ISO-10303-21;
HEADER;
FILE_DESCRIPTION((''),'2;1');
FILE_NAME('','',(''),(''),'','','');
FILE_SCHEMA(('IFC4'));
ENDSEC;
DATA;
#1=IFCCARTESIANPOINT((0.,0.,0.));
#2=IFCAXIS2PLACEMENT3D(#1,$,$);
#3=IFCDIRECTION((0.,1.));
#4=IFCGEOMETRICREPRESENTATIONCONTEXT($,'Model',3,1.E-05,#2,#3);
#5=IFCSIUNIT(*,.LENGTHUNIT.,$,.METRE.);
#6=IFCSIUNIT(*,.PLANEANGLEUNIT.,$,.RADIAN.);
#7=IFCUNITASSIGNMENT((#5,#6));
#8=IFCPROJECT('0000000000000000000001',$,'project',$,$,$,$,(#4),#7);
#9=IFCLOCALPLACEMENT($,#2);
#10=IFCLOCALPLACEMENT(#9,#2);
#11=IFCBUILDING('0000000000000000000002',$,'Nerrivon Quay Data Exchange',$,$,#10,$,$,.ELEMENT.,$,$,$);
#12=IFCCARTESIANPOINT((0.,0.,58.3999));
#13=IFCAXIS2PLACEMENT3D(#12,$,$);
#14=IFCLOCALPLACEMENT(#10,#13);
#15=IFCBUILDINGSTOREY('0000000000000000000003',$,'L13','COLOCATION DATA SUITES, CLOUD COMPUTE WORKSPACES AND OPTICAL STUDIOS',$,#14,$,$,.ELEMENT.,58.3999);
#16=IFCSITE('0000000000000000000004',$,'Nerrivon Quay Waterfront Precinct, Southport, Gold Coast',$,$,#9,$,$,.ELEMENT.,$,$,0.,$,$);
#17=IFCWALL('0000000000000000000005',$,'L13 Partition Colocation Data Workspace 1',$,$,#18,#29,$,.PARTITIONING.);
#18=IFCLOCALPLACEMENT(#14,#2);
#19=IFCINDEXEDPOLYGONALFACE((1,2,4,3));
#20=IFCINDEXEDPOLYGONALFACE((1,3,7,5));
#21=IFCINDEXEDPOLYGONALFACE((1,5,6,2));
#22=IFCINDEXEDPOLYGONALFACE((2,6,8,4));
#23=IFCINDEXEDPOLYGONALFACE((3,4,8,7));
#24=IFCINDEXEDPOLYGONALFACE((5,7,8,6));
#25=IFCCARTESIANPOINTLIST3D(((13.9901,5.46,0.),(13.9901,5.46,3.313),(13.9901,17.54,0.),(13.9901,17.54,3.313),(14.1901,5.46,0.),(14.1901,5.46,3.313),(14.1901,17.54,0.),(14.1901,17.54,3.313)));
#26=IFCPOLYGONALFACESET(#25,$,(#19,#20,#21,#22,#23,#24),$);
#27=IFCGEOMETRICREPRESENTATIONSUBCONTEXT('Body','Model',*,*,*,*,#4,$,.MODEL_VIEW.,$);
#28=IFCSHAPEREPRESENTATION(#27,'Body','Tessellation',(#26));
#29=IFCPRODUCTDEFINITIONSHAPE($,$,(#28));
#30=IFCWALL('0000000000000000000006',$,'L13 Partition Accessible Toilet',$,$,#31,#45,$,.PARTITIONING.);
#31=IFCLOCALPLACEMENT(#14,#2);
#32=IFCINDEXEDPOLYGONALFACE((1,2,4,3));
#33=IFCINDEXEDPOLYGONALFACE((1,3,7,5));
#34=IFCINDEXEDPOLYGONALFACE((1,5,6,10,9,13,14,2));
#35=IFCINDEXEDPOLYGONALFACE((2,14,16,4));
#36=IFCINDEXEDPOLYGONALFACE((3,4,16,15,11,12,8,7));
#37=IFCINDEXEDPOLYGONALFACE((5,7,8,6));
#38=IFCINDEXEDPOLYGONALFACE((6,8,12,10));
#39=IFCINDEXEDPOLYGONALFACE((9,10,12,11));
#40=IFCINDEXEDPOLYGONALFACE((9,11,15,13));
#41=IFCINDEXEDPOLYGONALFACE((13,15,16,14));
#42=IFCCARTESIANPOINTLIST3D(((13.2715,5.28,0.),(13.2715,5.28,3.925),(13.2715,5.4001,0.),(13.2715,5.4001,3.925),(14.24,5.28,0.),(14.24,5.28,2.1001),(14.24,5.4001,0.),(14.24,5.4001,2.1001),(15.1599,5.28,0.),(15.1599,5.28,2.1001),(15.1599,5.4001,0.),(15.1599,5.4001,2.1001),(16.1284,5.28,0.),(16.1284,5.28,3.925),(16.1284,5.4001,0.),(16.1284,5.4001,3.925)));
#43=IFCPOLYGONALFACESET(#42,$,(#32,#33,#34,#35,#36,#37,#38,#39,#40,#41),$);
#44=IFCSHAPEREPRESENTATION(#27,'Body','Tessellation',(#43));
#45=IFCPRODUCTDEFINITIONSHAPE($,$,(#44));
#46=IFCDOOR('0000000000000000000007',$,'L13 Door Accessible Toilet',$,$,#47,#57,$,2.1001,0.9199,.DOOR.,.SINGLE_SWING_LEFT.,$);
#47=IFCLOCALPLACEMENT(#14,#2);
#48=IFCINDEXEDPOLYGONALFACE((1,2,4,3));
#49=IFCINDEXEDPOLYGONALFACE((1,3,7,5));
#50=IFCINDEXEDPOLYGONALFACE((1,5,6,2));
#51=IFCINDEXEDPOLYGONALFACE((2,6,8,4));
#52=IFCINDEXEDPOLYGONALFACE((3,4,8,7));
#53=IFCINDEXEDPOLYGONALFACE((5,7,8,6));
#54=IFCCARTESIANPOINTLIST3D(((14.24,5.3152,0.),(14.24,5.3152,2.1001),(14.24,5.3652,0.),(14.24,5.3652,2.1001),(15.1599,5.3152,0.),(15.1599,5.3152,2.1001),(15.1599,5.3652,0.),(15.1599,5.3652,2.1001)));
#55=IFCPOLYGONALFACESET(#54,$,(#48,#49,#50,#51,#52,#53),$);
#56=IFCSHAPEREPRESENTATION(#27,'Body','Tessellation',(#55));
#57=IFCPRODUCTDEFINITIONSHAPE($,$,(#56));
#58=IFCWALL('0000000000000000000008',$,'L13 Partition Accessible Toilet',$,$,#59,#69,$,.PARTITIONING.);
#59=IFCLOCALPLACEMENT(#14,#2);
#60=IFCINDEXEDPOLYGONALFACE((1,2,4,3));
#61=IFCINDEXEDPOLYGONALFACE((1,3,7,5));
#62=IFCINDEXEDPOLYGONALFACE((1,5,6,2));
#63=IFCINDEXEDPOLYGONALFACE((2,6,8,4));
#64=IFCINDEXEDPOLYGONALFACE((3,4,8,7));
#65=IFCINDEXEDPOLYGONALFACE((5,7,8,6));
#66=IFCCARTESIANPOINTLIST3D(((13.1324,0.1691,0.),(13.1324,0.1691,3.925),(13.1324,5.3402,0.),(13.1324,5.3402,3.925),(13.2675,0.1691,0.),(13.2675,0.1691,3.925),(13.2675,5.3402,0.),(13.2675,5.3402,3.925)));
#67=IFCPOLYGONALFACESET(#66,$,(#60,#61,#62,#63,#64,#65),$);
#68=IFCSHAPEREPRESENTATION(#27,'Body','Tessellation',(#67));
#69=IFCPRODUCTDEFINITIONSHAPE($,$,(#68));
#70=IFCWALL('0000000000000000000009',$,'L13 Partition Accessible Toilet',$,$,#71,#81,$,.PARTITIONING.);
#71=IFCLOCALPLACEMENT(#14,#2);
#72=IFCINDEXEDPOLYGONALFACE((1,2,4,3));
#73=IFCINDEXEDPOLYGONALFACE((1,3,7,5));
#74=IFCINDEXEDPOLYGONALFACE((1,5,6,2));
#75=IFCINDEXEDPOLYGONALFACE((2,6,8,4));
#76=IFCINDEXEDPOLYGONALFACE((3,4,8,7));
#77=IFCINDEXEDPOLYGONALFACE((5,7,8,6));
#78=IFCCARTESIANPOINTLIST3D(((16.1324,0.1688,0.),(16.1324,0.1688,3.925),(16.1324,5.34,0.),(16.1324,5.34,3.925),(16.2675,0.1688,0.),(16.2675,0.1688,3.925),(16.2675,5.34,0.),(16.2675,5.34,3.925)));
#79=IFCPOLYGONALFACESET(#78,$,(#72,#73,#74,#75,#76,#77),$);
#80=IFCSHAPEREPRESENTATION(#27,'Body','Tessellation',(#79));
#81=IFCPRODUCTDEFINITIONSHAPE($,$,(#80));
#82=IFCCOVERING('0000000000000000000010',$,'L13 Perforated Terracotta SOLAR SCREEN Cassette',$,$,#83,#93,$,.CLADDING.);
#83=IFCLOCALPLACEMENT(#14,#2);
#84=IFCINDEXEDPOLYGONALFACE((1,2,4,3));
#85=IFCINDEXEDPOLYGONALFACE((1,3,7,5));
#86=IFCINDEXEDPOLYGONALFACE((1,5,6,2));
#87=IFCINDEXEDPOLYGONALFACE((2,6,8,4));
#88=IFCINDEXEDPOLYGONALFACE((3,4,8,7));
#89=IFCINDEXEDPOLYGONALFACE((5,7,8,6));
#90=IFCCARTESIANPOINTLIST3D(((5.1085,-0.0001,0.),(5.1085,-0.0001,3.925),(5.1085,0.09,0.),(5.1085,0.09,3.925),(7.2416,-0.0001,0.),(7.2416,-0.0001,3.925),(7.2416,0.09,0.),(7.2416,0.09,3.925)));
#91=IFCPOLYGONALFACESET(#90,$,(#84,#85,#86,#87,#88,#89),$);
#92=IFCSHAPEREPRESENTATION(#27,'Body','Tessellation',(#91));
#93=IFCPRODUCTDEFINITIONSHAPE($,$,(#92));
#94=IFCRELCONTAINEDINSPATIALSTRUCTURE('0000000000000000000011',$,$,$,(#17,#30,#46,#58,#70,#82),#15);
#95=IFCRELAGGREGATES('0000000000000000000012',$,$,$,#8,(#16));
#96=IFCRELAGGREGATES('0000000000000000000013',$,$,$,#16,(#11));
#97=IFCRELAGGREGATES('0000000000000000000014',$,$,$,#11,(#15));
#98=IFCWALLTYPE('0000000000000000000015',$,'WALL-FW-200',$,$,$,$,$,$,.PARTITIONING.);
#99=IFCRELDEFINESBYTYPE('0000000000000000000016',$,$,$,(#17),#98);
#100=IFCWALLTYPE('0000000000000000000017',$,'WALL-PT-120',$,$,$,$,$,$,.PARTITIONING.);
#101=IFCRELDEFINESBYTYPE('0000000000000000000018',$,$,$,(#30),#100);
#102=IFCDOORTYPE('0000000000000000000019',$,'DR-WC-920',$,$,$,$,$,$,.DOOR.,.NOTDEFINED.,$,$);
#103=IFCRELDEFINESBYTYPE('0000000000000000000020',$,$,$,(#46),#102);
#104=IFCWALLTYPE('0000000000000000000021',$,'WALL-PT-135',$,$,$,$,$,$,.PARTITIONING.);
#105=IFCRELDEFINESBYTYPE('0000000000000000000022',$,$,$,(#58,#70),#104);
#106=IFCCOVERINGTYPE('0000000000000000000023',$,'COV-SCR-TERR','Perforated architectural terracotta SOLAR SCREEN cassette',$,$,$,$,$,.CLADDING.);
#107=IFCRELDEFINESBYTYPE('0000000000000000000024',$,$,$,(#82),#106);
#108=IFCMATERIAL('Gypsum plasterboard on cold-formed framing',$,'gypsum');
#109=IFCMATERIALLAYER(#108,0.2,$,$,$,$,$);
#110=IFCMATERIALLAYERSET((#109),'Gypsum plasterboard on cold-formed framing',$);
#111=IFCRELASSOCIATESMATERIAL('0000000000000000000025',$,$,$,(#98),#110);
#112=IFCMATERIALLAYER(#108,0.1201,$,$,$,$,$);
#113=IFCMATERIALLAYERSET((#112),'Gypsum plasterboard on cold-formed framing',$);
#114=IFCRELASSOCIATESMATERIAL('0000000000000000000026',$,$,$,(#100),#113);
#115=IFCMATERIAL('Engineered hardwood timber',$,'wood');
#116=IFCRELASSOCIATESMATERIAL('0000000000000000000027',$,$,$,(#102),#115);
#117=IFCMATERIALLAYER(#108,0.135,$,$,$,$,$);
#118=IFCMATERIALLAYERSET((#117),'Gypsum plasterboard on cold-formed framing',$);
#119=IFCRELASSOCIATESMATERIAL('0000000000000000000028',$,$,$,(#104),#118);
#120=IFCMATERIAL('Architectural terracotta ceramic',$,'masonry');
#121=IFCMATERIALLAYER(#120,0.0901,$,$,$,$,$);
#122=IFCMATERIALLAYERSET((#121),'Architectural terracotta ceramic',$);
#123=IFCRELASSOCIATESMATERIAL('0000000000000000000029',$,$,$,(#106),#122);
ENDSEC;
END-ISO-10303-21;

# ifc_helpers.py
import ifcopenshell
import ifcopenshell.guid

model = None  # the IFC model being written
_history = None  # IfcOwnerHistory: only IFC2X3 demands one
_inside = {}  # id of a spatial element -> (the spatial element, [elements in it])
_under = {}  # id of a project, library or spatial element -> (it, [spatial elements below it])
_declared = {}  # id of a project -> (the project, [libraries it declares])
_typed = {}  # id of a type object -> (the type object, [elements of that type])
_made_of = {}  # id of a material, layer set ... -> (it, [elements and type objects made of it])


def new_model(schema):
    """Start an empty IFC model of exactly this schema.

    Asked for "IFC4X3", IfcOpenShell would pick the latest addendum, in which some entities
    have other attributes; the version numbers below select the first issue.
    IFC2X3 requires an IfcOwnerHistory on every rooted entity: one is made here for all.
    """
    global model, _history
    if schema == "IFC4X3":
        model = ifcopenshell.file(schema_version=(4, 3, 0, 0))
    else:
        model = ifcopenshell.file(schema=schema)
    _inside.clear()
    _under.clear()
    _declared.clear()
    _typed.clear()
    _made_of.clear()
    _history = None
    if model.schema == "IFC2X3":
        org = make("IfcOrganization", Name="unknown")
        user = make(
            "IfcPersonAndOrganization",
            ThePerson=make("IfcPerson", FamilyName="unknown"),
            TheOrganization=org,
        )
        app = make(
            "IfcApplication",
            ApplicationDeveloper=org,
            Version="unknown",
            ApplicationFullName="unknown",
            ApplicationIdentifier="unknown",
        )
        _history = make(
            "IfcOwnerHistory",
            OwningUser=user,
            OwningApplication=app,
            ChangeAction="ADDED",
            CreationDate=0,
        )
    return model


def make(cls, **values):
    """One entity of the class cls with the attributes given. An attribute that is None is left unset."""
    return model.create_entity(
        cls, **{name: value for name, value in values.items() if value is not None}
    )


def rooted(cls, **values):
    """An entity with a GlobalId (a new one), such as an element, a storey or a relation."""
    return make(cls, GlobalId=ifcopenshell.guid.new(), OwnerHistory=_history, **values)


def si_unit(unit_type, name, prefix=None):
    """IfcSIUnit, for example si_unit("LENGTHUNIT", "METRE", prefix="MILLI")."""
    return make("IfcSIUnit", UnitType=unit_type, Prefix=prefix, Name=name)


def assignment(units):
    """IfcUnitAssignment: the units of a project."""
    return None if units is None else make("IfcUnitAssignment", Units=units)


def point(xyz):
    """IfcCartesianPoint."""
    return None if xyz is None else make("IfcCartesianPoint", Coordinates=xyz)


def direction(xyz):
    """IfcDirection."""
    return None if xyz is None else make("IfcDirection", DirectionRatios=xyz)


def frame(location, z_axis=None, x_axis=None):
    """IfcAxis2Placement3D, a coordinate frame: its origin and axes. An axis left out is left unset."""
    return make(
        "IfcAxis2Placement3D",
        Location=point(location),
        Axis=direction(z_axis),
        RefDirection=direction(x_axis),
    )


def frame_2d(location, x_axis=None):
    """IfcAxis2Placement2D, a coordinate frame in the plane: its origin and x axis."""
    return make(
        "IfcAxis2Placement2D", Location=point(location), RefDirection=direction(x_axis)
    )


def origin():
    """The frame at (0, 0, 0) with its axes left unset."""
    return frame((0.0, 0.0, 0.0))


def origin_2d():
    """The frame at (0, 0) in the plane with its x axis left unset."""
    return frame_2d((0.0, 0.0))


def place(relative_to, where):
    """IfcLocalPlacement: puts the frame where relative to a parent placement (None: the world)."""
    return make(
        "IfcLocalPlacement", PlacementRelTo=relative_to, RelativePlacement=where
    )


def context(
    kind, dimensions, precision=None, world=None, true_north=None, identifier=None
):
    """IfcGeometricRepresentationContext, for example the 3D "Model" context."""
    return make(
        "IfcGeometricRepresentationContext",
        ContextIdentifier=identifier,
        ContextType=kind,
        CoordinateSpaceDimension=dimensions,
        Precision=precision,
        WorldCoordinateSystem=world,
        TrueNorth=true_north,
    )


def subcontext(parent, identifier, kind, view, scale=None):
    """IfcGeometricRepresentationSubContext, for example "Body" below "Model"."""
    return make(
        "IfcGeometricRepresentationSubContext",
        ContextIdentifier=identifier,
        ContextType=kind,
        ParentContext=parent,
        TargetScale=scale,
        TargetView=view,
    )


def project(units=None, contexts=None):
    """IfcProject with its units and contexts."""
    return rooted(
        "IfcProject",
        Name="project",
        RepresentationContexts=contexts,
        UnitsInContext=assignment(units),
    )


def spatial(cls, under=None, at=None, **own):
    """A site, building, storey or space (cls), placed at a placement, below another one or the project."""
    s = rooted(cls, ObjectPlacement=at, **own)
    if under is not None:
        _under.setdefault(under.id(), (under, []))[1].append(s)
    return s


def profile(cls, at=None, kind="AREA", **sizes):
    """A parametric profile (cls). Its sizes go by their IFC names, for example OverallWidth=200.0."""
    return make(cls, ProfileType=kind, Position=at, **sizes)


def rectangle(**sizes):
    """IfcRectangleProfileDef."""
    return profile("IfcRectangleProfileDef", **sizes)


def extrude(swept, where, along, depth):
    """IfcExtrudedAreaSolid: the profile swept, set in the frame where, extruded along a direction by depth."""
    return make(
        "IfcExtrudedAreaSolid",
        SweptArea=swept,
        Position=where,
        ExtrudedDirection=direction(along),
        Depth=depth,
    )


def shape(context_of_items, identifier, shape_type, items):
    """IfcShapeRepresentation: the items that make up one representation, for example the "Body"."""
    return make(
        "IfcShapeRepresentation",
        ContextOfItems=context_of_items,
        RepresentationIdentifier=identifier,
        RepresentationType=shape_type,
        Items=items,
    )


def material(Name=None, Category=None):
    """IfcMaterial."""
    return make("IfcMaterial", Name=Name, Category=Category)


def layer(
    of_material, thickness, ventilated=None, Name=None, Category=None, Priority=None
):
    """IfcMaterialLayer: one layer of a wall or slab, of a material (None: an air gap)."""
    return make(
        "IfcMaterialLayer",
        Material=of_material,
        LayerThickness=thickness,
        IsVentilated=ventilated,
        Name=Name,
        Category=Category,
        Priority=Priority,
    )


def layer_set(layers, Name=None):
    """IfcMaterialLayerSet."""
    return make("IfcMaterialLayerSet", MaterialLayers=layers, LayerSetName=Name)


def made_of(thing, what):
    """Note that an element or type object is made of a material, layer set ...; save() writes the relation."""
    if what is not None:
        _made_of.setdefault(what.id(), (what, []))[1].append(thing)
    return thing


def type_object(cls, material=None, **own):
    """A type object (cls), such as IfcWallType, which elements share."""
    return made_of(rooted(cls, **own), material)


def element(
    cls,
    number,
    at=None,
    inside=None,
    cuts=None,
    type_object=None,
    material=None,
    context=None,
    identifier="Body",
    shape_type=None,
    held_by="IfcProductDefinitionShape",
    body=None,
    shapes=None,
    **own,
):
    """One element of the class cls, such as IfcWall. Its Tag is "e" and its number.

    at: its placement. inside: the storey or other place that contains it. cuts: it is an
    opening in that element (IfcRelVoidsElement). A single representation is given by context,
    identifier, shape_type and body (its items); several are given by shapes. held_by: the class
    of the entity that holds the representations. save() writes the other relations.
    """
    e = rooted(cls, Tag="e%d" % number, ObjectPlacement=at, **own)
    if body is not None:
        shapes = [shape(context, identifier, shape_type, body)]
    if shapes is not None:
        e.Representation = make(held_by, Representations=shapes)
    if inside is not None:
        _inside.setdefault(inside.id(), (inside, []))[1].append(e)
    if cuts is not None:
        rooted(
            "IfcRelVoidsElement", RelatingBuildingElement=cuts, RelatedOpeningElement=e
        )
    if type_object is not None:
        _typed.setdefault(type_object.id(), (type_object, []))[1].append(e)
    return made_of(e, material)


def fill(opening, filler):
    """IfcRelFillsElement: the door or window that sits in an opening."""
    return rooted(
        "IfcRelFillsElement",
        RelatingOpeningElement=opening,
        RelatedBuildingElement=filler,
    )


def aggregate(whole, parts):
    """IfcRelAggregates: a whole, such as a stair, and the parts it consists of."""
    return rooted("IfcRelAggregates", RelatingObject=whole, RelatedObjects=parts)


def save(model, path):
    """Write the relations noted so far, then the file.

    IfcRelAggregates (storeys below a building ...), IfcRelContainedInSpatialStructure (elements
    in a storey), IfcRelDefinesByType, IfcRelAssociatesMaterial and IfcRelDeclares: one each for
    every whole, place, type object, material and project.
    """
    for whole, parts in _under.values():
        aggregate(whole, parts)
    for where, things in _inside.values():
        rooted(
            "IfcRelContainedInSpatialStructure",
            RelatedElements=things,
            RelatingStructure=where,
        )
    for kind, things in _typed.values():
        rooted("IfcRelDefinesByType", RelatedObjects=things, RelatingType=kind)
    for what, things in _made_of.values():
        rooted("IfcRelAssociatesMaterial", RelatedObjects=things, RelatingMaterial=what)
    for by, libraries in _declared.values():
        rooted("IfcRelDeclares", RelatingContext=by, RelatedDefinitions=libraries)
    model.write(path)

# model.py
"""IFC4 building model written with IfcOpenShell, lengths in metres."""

from ifc_helpers import new_model, si_unit, direction, frame, frame_2d, origin, origin_2d, place, context, subcontext, project, spatial, rectangle, extrude, material, layer, layer_set, type_object, element, fill, save


model = new_model("IFC4")

# Units and contexts
model_context = context("Model", 3, precision=1e-05, world=origin(), true_north=direction((0.0, 1.0)))
body_context = subcontext(model_context, "Body", "Model", "MODEL_VIEW")
ifc_project = project(units=[si_unit("LENGTHUNIT", "METRE"), si_unit("PLANEANGLEUNIT", "RADIAN")], contexts=[model_context])

# Site, building, storey
site_placement = place(None, origin())
site = spatial("IfcSite", under=ifc_project, at=site_placement, Name="Nerrivon Quay Waterfront Precinct, Southport, Gold Coast", CompositionType="ELEMENT", RefElevation=0.0)
building_placement = place(site_placement, origin())
building = spatial("IfcBuilding", under=site, at=building_placement, Name="Nerrivon Quay Data Exchange", CompositionType="ELEMENT")
storey_placement = place(building_placement, frame((0.0, 0.0, 58.3999)))
storey = spatial("IfcBuildingStorey", under=building, at=storey_placement, Name="L13", Description="COLOCATION DATA SUITES, CLOUD COMPUTE WORKSPACES AND OPTICAL STUDIOS", CompositionType="ELEMENT", Elevation=58.3999)

# Wall
ifc_material_1 = material(Name="Gypsum plasterboard on cold-formed framing", Category="gypsum")
ifc_layer_1 = layer(ifc_material_1, 0.2)
ifc_layer_set_1 = layer_set([ifc_layer_1], Name="Gypsum plasterboard on cold-formed framing")
wall_type_1 = type_object("IfcWallType", Name="WALL-FW-200", PredefinedType="PARTITIONING", material=ifc_layer_set_1)
wall_1_placement = place(storey_placement, frame((14.0901, 5.46, 0.0), z_axis=(0.0, 0.0, 1.0), x_axis=(0.0, 1.0, 0.0)))
element("IfcWall", 1, at=wall_1_placement, inside=storey, type_object=wall_type_1, Name="L13 Partition Colocation Data Workspace 1", PredefinedType="PARTITIONING", context=body_context, shape_type="SweptSolid", body=[
    extrude(rectangle(XDim=12.0801, YDim=0.2, at=frame_2d((6.04, 0.0))), origin(), (0.0, 0.0, 1.0), 3.313),
])

# Wall, opening, door
ifc_layer_2 = layer(ifc_material_1, 0.1201)
ifc_layer_set_2 = layer_set([ifc_layer_2], Name="Gypsum plasterboard on cold-formed framing")
wall_type_2 = type_object("IfcWallType", Name="WALL-PT-120", PredefinedType="PARTITIONING", material=ifc_layer_set_2)
wall_2_placement = place(storey_placement, frame((16.1284, 5.3401, 0.0), z_axis=(0.0, 0.0, 1.0), x_axis=(-1.0, 0.0, 0.0)))
wall_2 = element("IfcWall", 2, at=wall_2_placement, inside=storey, type_object=wall_type_2, Name="L13 Partition Accessible Toilet", PredefinedType="PARTITIONING", context=body_context, shape_type="SweptSolid", body=[
    extrude(rectangle(XDim=2.8569, YDim=0.1201, at=frame_2d((1.4285, 0.0))), origin(), (0.0, 0.0, 1.0), 3.925),
])
opening_1_placement = place(wall_2_placement, frame((0.9685, 0.0, 0.0)))
opening_1 = element("IfcOpeningElement", 3, at=opening_1_placement, cuts=wall_2, PredefinedType="OPENING", context=body_context, shape_type="SweptSolid", body=[
    extrude(rectangle(XDim=0.9199, YDim=2.1001, at=frame_2d((0.46, 1.05))), frame((0.0, 0.0701, 0.0), z_axis=(0.0, -1.0, 0.0), x_axis=(1.0, 0.0, 0.0)), (0.0, 0.0, 1.0), 0.1401),
])
ifc_material_2 = material(Name="Engineered hardwood timber", Category="wood")
door_type_1 = type_object("IfcDoorType", Name="DR-WC-920", OperationType="NOTDEFINED", PredefinedType="DOOR", material=ifc_material_2)
door_1_placement = place(opening_1_placement, origin())
door_1 = element("IfcDoor", 4, at=door_1_placement, inside=storey, type_object=door_type_1, Name="L13 Door Accessible Toilet", OperationType="SINGLE_SWING_LEFT", OverallHeight=2.1001, OverallWidth=0.9199, PredefinedType="DOOR", context=body_context, shape_type="SweptSolid", body=[
    extrude(rectangle(XDim=0.9199, YDim=2.1001, at=frame_2d((0.46, 1.05))), frame((0.0, 0.0249, 0.0), z_axis=(0.0, -1.0, 0.0), x_axis=(1.0, 0.0, 0.0)), (0.0, 0.0, 1.0), 0.05),
])
fill(opening_1, door_1)

# Walls
ifc_layer_3 = layer(ifc_material_1, 0.135)
ifc_layer_set_3 = layer_set([ifc_layer_3], Name="Gypsum plasterboard on cold-formed framing")
wall_type_3 = type_object("IfcWallType", Name="WALL-PT-135", PredefinedType="PARTITIONING", material=ifc_layer_set_3)
for number, where, z_axis, x_axis, name in (
    (5, (13.2, 5.3401, 0.0), (0.0, 0.0, 1.0), (0.0, -1.0, 0.0), "L13 Partition Accessible Toilet"),
    (6, (16.2, 0.1689, 0.0), (0.0, 0.0, 1.0), (0.0, 1.0, 0.0), "L13 Partition Accessible Toilet"),
):
    element("IfcWall", number, at=place(storey_placement, frame(where, z_axis=z_axis, x_axis=x_axis)), inside=storey, type_object=wall_type_3, Name=name, PredefinedType="PARTITIONING", context=body_context, shape_type="SweptSolid", body=[
        extrude(rectangle(XDim=5.1711, YDim=0.135, at=frame_2d((2.5854, 0.0))), origin(), (0.0, 0.0, 1.0), 3.925),
    ])

# Covering
ifc_material_3 = material(Name="Architectural terracotta ceramic", Category="masonry")
ifc_layer_4 = layer(ifc_material_3, 0.0901)
ifc_layer_set_4 = layer_set([ifc_layer_4], Name="Architectural terracotta ceramic")
covering_type = type_object("IfcCoveringType", Name="COV-SCR-TERR", Description="Perforated architectural terracotta SOLAR SCREEN cassette", PredefinedType="CLADDING", material=ifc_layer_set_4)
covering_placement = place(storey_placement, frame((6.175, 0.0449, 0.0), z_axis=(0.0, 0.0, 1.0), x_axis=(-1.0, 0.0, 0.0)))
element("IfcCovering", 7, at=covering_placement, inside=storey, type_object=covering_type, Name="L13 Perforated Terracotta SOLAR SCREEN Cassette", PredefinedType="CLADDING", context=body_context, shape_type="SweptSolid", body=[
    extrude(rectangle(XDim=2.1331, YDim=0.0901, at=origin_2d()), origin(), (0.0, 0.0, 1.0), 3.925),
])

save(model, "model.ifc")
